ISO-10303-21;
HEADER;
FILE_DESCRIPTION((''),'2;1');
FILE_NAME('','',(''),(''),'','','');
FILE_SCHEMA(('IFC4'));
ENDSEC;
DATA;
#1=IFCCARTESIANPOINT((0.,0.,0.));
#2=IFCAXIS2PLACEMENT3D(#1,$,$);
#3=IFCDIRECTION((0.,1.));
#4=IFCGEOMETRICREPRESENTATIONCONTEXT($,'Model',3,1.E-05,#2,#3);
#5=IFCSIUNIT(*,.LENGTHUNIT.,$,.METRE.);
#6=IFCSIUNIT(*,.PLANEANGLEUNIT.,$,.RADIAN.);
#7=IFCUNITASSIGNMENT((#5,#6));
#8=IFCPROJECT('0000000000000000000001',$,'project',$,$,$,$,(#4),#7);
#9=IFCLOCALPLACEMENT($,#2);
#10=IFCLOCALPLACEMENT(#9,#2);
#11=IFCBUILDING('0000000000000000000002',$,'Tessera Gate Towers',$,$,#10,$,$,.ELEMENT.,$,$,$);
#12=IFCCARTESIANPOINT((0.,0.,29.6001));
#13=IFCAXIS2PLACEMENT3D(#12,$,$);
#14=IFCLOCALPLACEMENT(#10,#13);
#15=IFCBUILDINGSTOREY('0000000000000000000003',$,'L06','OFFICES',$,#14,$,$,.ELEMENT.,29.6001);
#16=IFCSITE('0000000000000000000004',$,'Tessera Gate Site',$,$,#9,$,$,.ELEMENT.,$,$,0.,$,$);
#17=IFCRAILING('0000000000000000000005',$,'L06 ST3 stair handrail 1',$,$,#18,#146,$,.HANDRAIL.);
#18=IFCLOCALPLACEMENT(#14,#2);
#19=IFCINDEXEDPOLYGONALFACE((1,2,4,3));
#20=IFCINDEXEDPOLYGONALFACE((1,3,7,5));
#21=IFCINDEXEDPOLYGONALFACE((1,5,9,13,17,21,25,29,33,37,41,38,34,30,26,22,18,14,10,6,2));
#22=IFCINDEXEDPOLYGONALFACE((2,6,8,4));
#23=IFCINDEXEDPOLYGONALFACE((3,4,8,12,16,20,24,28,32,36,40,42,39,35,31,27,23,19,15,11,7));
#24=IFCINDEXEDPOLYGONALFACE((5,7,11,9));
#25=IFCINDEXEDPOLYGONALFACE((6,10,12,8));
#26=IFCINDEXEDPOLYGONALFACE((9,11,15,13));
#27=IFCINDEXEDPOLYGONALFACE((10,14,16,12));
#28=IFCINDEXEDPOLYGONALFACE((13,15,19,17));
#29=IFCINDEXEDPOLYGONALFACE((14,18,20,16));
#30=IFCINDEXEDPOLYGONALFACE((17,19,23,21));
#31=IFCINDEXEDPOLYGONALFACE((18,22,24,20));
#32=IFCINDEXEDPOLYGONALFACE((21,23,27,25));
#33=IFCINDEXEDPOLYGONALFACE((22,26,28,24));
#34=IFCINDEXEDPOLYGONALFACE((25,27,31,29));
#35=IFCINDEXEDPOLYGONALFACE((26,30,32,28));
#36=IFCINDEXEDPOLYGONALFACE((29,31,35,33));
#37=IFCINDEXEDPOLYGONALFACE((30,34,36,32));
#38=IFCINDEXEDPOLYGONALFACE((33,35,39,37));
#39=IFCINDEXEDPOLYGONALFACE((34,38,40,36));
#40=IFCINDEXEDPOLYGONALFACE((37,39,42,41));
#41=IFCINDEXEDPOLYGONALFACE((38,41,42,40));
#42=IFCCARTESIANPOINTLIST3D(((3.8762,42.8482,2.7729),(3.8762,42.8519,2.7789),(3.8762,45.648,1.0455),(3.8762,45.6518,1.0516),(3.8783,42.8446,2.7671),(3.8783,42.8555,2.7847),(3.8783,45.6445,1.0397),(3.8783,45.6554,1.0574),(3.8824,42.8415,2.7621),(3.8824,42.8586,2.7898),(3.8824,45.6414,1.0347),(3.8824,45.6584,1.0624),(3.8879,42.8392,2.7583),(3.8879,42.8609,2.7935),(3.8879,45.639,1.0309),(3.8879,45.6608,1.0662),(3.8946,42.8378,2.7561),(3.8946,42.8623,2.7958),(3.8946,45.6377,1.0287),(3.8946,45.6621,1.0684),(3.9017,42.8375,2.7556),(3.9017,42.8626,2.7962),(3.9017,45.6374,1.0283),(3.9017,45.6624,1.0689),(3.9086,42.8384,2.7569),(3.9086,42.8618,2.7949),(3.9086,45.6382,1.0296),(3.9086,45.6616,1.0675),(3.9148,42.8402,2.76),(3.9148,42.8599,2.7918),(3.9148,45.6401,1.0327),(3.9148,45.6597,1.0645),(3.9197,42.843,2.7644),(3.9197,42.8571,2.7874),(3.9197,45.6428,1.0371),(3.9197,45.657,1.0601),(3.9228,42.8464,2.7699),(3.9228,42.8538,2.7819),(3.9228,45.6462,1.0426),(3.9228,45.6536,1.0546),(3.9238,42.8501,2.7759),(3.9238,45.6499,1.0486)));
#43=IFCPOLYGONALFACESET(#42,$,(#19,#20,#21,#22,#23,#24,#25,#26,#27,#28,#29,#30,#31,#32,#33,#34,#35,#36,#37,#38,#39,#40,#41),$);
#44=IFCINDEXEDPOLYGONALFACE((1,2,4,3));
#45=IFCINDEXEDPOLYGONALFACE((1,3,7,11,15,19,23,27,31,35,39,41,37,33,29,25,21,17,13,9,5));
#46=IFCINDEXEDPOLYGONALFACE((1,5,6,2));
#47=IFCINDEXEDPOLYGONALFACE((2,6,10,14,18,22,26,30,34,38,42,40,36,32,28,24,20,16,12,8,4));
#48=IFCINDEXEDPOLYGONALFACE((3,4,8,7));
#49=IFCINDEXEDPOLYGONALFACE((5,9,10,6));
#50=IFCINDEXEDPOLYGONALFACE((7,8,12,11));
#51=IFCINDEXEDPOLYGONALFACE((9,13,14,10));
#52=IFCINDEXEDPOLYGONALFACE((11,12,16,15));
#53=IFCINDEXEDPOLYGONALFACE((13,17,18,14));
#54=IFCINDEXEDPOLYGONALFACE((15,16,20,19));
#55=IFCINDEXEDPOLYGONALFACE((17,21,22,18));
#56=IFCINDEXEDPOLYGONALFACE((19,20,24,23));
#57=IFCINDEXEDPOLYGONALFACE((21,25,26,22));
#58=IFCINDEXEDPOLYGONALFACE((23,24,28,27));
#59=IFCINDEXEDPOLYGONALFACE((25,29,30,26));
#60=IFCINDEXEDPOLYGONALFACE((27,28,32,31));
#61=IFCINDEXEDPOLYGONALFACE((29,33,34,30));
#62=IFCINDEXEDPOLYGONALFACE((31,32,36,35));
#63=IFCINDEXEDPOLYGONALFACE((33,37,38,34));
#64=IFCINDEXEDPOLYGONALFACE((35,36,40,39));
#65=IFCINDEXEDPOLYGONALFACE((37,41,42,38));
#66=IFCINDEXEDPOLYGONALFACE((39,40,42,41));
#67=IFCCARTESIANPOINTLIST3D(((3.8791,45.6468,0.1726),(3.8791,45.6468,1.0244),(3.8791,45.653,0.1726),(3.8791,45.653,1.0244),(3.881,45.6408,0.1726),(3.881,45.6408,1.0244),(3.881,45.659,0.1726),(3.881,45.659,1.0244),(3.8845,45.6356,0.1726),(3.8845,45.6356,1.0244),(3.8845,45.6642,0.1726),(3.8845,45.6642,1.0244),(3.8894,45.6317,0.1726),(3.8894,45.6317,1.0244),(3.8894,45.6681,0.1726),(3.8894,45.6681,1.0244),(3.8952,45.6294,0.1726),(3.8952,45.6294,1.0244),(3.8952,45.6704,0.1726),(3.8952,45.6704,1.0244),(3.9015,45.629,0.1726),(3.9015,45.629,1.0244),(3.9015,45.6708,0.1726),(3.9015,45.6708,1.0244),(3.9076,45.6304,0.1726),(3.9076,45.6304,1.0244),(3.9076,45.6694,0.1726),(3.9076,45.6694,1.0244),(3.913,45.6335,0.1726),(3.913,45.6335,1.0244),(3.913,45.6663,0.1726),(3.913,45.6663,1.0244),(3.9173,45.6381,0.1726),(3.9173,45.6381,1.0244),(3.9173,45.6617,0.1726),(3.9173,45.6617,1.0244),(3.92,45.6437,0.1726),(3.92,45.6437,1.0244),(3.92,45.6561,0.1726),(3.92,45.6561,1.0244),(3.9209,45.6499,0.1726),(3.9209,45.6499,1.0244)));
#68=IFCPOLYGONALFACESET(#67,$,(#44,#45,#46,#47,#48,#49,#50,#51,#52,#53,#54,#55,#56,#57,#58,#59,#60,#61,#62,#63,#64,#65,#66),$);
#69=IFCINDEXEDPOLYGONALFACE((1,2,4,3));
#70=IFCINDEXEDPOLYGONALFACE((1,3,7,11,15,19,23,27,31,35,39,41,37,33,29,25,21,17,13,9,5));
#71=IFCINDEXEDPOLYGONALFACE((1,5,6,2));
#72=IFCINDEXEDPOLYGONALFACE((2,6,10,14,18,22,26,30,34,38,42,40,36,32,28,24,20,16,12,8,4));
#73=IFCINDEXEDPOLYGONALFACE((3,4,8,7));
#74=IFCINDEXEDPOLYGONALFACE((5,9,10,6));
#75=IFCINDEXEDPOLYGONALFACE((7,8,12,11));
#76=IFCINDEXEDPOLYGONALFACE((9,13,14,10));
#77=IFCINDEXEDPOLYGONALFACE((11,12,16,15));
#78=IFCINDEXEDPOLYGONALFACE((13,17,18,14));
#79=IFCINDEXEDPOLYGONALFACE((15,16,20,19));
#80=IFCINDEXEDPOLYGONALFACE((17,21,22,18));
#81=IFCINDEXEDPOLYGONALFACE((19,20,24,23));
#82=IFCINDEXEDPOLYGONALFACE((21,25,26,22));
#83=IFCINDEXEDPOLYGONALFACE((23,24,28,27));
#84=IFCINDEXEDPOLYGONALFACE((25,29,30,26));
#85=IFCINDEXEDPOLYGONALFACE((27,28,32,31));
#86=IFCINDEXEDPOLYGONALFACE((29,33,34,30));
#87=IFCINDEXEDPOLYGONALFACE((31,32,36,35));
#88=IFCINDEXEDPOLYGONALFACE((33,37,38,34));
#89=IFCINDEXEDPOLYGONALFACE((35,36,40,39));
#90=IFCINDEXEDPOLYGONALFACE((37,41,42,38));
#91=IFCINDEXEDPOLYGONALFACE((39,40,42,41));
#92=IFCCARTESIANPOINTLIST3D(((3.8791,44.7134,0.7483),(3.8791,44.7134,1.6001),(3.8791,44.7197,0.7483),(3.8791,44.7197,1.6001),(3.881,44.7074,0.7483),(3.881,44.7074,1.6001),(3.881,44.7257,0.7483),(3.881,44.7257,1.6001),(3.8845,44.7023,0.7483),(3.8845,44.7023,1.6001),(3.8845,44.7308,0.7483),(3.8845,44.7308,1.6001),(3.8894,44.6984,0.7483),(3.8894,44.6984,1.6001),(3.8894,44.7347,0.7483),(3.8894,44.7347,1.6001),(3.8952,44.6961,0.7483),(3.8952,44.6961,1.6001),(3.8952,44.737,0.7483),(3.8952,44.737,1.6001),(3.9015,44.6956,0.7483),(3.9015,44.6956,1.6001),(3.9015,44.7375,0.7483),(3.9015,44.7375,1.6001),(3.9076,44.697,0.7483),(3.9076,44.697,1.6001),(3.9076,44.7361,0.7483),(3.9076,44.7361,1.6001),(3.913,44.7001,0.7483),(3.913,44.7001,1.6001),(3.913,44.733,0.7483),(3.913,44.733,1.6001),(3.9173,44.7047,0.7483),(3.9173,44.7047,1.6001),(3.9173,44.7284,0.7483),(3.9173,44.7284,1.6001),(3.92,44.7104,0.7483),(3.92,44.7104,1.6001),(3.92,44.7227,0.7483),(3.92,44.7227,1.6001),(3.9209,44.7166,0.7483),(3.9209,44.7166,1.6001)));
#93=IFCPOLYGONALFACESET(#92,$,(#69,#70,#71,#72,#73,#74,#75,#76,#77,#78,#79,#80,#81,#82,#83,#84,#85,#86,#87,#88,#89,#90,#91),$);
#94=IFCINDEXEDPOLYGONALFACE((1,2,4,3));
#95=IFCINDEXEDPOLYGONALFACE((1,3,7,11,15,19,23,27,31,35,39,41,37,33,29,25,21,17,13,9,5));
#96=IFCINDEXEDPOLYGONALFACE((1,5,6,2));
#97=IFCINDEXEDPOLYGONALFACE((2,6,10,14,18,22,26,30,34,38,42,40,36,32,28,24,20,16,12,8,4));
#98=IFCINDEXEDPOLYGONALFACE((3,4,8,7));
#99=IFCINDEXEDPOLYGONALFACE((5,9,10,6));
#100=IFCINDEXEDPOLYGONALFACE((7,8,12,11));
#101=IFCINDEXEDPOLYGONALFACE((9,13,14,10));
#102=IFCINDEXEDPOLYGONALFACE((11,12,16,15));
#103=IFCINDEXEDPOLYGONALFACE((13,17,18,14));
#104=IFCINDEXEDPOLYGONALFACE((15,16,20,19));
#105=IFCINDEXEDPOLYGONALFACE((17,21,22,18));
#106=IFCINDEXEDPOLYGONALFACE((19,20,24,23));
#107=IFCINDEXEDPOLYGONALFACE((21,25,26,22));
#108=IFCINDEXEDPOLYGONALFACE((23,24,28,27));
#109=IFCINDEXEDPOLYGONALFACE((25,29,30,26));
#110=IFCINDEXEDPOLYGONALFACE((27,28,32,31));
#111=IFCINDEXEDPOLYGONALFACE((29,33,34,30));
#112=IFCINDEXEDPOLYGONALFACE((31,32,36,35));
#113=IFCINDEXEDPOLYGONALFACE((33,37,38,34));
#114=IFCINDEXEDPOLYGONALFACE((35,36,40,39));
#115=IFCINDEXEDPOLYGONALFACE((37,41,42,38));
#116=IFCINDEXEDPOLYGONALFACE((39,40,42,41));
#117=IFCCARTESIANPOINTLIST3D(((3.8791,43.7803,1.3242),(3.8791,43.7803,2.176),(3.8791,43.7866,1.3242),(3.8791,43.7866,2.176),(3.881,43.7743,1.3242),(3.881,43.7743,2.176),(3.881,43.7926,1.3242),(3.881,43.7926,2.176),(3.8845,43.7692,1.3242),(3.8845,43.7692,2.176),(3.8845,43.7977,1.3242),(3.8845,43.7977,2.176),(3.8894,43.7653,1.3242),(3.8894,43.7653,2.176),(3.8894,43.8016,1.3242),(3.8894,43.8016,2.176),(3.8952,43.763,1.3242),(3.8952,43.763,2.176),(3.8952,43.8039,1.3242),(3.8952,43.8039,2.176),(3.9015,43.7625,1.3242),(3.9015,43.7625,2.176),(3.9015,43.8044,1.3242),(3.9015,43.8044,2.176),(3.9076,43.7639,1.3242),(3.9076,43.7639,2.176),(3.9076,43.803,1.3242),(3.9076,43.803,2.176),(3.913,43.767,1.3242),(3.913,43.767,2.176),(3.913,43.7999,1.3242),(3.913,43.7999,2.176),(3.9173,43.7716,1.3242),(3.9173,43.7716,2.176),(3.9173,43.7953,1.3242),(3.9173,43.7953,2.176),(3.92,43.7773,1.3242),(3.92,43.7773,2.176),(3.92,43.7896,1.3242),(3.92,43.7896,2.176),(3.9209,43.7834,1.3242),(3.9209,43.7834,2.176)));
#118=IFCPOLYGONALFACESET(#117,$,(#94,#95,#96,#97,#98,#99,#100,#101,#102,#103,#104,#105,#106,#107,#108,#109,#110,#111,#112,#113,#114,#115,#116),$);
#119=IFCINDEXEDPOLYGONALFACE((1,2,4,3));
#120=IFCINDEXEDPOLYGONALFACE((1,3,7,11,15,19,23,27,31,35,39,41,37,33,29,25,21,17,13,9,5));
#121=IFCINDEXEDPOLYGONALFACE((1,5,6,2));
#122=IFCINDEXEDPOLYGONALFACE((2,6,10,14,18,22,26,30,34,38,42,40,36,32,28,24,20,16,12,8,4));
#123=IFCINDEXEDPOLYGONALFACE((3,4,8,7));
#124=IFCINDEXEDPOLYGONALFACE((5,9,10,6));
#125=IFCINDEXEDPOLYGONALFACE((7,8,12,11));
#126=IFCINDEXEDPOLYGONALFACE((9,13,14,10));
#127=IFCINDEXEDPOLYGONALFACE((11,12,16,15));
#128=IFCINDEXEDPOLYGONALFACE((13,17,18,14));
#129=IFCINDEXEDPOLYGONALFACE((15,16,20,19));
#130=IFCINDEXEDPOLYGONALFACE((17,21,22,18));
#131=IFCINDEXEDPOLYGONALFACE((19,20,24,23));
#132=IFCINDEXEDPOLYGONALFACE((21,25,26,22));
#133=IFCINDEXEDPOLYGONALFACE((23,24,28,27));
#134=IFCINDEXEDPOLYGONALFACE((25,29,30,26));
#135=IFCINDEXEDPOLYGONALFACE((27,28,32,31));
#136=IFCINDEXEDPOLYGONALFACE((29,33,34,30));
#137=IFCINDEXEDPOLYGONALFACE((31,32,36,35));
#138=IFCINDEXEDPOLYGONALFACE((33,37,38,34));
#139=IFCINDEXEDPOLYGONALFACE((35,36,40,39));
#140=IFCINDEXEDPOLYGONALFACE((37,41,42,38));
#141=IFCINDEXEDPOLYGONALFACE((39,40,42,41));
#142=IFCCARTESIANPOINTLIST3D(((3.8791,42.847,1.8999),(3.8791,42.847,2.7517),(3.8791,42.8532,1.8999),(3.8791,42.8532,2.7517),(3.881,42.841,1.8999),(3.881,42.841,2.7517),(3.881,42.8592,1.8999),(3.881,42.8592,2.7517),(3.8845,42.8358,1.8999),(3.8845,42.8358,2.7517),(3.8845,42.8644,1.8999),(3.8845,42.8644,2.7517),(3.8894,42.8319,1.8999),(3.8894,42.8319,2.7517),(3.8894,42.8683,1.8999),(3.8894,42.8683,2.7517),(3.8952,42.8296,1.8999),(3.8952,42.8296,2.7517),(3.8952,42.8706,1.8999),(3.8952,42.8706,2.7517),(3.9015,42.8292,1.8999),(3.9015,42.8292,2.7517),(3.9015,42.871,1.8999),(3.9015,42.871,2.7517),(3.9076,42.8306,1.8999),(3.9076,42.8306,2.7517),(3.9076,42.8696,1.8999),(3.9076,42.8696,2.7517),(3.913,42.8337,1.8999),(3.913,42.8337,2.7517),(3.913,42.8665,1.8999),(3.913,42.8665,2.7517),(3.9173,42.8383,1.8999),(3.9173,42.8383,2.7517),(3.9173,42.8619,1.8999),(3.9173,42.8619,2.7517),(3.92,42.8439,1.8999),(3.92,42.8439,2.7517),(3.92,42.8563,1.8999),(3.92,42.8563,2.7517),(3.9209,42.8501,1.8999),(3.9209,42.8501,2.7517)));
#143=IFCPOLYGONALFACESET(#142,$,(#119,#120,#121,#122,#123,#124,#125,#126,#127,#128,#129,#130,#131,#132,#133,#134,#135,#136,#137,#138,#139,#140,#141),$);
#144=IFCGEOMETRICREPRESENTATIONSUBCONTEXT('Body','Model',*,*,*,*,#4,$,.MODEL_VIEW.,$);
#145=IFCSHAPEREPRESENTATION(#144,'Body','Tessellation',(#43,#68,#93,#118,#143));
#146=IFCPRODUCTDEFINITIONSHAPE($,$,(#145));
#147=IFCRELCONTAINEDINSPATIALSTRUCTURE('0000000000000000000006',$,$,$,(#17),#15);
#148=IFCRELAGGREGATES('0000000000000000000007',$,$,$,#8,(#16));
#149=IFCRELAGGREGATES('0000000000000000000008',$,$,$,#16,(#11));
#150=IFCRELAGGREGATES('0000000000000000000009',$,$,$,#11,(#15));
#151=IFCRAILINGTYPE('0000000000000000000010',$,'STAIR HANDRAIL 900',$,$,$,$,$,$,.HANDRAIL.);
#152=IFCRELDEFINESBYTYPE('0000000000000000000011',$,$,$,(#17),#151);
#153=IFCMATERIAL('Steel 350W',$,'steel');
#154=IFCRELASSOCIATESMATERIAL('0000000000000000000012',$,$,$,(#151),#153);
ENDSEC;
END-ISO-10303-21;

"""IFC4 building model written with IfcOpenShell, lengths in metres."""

from ifc_helpers import new_model, si_unit, direction, frame, origin, origin_2d, place, context, subcontext, project, spatial, circle, extrude, material, type_object, element, save


model = new_model("IFC4")

# Units and contexts
model_context = context("Model", 3, precision=1e-05, world=origin(), true_north=direction((0.0, 1.0)))
body_context = subcontext(model_context, "Body", "Model", "MODEL_VIEW")
ifc_project = project(units=[si_unit("LENGTHUNIT", "METRE"), si_unit("PLANEANGLEUNIT", "RADIAN")], contexts=[model_context])

# Site, building, storey
site_placement = place(None, origin())
site = spatial("IfcSite", under=ifc_project, at=site_placement, Name="Tessera Gate Site", CompositionType="ELEMENT", RefElevation=0.0)
building_placement = place(site_placement, origin())
building = spatial("IfcBuilding", under=site, at=building_placement, Name="Tessera Gate Towers", CompositionType="ELEMENT")
storey_placement = place(building_placement, frame((0.0, 0.0, 29.6001)))
storey = spatial("IfcBuildingStorey", under=building, at=storey_placement, Name="L06", Description="OFFICES", CompositionType="ELEMENT", Elevation=29.6001)

# Railing
ifc_material_1 = material(Name="Steel 350W", Category="steel")
railing_type_1 = type_object("IfcRailingType", Name="STAIR HANDRAIL 900", PredefinedType="HANDRAIL", material=ifc_material_1)
railing_1_placement = place(storey_placement, frame((3.8999, 45.6499, 0.1726)))
element("IfcRailing", 1, at=railing_1_placement, inside=storey, type_object=railing_type_1, Name="L06 ST3 stair handrail 1", PredefinedType="HANDRAIL", context=body_context, shape_type="SweptSolid", body=[
    extrude(circle(Radius=0.0239, at=origin_2d()), frame((0.0, 0.0, 0.876), z_axis=(0.0, -0.851069, 0.525054), x_axis=(1.0, 0.0, 0.0)), (0.0, 0.0, 1.0), 3.2898),
    extrude(circle(Radius=0.021, at=origin_2d()), origin(), (0.0, 0.0, 1.0), 0.8518),
    extrude(circle(Radius=0.021, at=origin_2d()), frame((0.0, -0.9333, 0.5757)), (0.0, 0.0, 1.0), 0.8518),
    extrude(circle(Radius=0.021, at=origin_2d()), frame((0.0, -1.8665, 1.1516)), (0.0, 0.0, 1.0), 0.8518),
    extrude(circle(Radius=0.021, at=origin_2d()), frame((0.0, -2.7998, 1.7273)), (0.0, 0.0, 1.0), 0.8518),
])

save(model, "model.ifc")
